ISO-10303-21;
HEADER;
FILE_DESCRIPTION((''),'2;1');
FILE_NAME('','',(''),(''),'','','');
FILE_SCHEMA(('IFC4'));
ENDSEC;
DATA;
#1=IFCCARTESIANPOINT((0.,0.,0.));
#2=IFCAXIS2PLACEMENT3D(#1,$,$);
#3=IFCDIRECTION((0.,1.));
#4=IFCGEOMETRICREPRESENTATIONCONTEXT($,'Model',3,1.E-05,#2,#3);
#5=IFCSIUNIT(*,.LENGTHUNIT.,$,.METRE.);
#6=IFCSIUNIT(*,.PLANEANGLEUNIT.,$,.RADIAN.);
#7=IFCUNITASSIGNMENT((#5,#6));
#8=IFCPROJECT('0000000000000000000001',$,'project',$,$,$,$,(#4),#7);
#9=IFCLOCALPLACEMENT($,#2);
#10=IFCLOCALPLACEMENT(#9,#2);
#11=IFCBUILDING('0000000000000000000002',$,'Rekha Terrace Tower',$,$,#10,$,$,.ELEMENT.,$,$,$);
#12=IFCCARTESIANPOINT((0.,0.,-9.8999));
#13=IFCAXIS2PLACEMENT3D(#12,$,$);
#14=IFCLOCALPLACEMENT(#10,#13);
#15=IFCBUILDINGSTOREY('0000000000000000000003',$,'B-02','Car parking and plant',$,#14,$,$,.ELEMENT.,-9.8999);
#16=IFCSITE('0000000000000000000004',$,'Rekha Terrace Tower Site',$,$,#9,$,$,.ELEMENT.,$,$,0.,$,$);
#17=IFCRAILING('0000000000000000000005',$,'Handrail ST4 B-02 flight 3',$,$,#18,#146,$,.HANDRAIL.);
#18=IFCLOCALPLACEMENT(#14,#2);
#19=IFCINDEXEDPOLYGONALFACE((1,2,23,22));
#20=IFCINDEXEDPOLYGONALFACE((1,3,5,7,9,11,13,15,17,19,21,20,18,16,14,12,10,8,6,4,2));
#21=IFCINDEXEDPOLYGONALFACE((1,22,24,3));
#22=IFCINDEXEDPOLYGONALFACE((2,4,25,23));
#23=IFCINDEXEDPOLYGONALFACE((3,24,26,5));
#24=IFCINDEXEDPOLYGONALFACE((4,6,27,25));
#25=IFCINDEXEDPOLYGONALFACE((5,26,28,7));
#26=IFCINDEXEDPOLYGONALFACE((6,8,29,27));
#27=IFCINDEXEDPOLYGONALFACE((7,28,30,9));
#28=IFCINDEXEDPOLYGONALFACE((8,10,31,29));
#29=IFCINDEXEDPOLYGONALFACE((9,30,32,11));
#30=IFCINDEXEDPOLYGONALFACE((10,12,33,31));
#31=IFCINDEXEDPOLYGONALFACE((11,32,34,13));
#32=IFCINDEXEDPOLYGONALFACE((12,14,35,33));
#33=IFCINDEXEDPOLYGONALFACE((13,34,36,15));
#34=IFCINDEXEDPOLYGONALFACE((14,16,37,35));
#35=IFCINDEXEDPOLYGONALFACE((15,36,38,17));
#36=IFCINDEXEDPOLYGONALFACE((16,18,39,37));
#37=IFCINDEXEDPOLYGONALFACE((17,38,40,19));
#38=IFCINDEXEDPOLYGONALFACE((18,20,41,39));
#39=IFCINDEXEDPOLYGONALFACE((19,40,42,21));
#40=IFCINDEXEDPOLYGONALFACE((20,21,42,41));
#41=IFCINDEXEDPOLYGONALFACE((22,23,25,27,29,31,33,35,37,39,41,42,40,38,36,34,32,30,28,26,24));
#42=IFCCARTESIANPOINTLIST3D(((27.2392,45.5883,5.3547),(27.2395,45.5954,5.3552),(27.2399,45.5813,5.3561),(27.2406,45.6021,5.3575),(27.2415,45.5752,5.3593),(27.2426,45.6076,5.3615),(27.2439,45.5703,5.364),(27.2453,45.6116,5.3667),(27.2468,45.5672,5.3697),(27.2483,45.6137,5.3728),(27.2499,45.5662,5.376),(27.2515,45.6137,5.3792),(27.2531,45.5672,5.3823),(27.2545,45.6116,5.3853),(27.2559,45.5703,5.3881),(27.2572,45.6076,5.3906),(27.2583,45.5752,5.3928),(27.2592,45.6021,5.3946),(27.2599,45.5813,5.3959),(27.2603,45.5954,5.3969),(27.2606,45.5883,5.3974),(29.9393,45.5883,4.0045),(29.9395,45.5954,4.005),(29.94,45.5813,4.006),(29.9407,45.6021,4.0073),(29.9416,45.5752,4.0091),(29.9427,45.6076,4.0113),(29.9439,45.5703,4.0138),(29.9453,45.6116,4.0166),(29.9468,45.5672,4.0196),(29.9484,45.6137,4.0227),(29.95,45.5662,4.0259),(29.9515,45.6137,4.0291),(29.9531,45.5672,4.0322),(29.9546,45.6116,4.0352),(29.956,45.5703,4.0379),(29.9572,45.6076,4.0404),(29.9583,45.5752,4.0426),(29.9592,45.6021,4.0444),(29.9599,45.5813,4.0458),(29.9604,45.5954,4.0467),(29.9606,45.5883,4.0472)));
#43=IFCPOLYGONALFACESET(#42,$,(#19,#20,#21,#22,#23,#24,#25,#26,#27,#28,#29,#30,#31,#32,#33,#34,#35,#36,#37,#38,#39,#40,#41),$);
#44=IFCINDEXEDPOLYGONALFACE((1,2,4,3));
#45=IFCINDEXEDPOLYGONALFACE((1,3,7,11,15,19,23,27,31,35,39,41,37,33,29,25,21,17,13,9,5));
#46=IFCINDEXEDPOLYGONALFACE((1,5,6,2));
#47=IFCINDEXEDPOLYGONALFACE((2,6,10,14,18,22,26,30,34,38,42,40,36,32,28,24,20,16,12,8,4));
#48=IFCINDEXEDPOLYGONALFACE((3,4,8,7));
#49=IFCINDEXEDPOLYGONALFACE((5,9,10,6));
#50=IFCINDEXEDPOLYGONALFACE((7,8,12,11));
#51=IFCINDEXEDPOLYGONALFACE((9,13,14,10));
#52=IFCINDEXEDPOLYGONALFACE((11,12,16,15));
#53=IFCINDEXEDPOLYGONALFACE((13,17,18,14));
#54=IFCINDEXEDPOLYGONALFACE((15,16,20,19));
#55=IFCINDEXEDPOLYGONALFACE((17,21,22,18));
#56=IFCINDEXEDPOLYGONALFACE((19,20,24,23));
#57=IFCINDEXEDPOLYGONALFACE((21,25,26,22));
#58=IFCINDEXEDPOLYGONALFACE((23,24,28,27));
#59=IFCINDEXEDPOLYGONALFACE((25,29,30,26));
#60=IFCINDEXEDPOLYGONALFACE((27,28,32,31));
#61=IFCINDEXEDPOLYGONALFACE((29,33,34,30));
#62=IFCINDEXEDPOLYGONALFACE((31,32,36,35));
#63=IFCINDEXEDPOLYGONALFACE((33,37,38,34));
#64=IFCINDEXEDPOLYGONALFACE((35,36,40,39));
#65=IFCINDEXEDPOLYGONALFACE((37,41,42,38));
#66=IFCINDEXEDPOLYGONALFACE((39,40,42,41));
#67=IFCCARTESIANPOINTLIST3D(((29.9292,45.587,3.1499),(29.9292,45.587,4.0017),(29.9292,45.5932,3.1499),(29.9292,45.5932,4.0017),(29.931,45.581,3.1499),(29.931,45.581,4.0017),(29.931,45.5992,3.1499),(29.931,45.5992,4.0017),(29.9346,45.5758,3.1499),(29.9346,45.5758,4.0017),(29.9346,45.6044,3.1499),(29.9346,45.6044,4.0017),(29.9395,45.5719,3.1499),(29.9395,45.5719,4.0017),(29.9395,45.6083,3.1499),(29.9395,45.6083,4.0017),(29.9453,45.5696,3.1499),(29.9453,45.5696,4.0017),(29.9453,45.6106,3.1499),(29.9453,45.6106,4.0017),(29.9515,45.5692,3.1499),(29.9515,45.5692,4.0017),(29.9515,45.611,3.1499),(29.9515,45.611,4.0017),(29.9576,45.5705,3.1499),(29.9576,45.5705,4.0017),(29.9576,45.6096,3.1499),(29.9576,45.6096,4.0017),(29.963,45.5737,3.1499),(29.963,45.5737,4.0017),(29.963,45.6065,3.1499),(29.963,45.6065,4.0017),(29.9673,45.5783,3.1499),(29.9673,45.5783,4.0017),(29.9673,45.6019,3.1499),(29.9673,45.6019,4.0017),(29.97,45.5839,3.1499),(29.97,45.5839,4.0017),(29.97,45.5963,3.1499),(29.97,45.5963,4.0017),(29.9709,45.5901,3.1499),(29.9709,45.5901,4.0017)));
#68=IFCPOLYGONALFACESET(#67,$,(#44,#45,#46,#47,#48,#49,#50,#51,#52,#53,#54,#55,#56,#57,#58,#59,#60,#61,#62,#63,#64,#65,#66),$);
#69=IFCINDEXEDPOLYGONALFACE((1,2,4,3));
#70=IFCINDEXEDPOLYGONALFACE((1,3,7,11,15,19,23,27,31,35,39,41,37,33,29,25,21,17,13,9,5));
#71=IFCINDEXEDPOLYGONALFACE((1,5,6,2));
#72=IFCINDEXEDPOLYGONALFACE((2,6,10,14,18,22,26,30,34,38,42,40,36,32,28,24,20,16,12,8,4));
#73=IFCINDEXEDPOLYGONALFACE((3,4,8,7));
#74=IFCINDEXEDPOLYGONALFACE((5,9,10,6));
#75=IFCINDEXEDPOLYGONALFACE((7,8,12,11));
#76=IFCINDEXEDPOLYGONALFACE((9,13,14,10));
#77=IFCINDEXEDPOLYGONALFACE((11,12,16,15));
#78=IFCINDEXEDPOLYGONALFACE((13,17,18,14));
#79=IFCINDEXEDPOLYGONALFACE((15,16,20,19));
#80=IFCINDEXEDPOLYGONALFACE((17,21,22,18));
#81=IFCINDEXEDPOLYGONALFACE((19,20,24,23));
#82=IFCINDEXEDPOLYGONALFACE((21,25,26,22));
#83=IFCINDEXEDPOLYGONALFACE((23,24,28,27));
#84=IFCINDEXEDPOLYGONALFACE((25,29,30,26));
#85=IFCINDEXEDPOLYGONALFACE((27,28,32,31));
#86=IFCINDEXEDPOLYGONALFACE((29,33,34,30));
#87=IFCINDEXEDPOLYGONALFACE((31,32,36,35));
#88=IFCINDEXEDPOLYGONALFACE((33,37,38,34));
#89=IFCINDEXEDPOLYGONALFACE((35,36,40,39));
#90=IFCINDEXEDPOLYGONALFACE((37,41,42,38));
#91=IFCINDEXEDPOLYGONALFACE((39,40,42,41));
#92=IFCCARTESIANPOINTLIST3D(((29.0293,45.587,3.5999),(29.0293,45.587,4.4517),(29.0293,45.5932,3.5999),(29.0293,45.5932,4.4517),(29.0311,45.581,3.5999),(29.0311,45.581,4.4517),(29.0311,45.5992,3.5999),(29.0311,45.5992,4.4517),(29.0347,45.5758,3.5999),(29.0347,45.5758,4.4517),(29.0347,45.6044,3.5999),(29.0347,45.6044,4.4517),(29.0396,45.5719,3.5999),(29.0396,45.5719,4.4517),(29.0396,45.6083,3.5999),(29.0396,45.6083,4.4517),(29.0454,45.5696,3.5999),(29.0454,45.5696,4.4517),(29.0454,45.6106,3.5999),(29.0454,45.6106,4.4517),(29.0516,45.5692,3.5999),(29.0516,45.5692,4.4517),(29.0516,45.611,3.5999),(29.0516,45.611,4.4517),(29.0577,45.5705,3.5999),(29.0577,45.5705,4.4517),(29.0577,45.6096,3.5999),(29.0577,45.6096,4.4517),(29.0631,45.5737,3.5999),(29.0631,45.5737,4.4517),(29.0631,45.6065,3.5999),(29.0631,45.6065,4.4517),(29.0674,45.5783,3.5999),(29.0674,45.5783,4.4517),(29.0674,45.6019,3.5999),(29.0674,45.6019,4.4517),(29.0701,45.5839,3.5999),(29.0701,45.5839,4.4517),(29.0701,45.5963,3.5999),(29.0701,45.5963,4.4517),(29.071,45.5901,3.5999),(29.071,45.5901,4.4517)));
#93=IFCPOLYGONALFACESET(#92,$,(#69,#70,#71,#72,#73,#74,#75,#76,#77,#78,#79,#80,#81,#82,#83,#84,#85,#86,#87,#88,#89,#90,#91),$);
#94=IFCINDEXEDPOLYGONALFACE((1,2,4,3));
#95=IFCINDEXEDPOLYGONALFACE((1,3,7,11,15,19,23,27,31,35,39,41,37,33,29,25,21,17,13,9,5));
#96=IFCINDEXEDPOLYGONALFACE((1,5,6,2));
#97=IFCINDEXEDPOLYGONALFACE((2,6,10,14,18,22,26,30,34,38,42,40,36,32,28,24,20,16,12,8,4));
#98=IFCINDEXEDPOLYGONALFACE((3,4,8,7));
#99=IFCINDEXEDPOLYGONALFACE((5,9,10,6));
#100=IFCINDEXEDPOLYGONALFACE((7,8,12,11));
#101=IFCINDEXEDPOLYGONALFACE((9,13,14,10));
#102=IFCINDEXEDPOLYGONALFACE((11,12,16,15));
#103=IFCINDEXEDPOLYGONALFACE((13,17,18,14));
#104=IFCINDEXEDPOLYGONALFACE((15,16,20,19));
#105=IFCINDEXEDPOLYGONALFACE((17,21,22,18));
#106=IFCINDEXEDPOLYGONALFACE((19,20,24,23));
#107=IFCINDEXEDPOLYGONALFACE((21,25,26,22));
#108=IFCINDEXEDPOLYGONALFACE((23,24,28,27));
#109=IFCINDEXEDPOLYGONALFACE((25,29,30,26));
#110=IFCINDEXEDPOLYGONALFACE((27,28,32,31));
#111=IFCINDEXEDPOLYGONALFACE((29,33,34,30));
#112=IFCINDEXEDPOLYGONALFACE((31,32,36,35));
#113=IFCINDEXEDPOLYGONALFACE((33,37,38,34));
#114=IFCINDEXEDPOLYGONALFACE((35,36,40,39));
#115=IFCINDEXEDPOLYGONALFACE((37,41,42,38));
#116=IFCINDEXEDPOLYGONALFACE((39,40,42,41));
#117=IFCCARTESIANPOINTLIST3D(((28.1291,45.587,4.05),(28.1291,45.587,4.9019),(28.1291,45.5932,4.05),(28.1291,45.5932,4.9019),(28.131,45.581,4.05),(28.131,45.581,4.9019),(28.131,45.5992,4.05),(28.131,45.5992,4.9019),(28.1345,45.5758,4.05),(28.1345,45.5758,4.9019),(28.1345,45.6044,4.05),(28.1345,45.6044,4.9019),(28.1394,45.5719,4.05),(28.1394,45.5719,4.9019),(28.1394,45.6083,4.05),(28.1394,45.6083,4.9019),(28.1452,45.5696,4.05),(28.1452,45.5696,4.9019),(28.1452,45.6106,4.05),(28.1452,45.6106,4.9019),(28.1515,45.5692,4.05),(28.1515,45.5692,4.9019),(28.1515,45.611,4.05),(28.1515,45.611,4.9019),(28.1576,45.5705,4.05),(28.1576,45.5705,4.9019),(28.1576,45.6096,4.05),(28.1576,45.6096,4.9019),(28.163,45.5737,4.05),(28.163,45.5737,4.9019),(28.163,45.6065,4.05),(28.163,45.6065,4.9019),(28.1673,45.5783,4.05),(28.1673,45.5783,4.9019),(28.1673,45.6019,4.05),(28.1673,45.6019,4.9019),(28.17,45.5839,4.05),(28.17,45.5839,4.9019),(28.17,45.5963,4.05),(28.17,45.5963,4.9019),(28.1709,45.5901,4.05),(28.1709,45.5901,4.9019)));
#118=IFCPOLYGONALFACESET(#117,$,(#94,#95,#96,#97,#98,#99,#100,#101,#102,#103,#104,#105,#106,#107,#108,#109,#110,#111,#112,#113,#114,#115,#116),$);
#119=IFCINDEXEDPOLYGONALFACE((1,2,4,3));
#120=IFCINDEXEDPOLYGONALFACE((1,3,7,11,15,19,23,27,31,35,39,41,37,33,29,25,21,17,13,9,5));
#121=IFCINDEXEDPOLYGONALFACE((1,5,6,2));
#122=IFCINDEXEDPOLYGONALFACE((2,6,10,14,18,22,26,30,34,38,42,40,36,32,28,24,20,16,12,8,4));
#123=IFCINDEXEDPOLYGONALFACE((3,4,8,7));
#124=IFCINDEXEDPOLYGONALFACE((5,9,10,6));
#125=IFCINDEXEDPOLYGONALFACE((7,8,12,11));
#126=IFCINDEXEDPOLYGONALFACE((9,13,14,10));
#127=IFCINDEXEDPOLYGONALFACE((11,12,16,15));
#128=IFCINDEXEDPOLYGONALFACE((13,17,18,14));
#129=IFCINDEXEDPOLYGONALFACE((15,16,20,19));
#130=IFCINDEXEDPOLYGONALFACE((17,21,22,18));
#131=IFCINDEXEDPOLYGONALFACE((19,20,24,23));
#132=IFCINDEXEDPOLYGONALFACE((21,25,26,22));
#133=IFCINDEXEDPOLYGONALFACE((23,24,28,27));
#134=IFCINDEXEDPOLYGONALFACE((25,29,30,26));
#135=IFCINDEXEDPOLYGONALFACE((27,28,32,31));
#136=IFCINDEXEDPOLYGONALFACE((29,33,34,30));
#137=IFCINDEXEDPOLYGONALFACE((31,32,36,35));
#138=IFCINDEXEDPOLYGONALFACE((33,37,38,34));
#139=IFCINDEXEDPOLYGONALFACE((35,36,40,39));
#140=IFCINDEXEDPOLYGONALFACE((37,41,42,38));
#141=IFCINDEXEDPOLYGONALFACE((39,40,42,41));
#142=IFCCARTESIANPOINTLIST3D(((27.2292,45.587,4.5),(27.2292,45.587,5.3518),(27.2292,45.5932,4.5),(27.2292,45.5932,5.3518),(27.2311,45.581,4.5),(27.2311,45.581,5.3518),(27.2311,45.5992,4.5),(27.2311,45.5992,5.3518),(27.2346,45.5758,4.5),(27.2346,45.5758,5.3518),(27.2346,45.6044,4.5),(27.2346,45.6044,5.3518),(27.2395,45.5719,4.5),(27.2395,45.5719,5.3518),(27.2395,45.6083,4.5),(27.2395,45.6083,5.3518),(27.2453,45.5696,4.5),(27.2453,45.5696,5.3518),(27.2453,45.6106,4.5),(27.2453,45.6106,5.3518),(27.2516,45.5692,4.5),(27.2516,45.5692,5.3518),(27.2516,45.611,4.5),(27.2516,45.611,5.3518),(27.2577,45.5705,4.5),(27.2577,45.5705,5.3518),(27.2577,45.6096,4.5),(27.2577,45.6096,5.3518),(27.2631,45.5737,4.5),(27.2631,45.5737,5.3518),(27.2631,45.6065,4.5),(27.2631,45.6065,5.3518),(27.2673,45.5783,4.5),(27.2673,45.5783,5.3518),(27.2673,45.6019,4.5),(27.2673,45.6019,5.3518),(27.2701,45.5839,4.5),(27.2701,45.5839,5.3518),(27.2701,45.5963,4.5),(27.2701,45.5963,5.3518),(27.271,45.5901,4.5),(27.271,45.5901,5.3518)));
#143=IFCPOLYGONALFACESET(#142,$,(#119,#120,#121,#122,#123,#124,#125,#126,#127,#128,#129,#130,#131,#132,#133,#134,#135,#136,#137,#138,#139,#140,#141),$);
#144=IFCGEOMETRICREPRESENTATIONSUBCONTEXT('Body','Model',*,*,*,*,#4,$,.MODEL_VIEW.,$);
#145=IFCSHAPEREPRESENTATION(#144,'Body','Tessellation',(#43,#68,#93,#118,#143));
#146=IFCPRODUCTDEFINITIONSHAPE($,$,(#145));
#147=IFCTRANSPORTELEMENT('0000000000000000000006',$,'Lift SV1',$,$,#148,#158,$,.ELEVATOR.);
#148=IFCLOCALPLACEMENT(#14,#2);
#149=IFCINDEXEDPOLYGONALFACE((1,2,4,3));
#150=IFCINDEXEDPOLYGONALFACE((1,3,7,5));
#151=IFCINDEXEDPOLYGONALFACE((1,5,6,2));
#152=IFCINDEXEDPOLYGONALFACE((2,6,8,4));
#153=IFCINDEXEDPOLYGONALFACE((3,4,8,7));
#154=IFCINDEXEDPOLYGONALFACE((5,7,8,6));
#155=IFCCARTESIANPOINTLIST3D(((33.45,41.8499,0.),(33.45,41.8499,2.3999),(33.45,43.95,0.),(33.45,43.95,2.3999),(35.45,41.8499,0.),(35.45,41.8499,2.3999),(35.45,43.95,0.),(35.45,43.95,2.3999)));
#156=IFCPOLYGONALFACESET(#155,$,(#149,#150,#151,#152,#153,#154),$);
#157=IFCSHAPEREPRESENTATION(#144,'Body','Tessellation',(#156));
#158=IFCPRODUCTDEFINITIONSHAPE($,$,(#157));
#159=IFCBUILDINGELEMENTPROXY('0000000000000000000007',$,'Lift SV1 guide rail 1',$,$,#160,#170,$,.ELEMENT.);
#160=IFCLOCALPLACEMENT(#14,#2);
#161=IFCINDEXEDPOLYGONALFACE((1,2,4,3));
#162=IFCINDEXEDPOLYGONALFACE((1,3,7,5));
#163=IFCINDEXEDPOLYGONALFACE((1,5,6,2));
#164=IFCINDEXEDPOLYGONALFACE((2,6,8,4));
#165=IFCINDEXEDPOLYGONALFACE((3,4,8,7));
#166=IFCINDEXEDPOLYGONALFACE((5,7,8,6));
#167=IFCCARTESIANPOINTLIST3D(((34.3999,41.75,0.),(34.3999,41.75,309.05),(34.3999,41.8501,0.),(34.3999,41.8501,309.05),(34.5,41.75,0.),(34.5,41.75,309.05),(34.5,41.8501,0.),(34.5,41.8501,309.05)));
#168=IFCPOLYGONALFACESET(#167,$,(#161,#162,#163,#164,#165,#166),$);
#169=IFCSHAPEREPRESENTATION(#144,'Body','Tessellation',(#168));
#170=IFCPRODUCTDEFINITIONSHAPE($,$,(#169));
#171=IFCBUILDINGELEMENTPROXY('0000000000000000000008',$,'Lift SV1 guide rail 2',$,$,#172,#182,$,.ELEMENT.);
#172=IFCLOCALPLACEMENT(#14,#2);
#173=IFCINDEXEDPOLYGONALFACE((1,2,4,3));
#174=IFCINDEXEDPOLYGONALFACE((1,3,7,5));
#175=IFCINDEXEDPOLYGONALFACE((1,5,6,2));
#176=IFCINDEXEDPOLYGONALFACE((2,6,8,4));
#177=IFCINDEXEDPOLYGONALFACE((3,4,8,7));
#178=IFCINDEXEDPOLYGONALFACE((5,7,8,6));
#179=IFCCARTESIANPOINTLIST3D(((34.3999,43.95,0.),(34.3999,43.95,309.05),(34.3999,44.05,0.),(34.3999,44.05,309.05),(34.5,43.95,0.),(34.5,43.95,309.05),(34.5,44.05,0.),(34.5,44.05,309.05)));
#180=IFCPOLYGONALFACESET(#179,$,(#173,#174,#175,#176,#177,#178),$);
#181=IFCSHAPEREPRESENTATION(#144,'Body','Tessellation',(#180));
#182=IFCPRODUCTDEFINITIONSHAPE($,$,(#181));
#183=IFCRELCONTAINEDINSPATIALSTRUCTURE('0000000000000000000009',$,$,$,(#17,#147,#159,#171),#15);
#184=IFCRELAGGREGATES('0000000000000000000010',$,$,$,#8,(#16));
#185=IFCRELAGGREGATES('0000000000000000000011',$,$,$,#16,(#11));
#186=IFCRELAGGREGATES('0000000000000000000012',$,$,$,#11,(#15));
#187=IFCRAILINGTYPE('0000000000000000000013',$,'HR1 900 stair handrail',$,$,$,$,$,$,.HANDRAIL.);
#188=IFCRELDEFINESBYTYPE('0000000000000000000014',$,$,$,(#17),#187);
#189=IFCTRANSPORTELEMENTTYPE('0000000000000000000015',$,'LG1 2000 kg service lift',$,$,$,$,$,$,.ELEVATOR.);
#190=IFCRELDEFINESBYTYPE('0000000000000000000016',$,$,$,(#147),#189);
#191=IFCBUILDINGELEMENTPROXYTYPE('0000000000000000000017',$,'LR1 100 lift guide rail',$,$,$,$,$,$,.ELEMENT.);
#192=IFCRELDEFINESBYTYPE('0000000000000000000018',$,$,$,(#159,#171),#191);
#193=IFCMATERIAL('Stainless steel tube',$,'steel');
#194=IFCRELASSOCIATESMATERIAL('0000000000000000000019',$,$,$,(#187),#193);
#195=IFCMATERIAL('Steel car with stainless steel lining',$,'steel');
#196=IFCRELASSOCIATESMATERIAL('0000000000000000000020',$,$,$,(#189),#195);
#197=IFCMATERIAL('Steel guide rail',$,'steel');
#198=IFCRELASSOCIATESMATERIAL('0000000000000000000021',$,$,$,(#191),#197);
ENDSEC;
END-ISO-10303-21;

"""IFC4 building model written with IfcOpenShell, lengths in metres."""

from ifc_helpers import new_model, si_unit, direction, frame, origin, origin_2d, place, context, subcontext, project, spatial, rectangle, circle, extrude, material, type_object, element, save


model = new_model("IFC4")

# Units and contexts
model_context = context("Model", 3, precision=1e-05, world=origin(), true_north=direction((0.0, 1.0)))
body_context = subcontext(model_context, "Body", "Model", "MODEL_VIEW")
ifc_project = project(units=[si_unit("LENGTHUNIT", "METRE"), si_unit("PLANEANGLEUNIT", "RADIAN")], contexts=[model_context])

# Site, building, storey
site_placement = place(None, origin())
site = spatial("IfcSite", under=ifc_project, at=site_placement, Name="Rekha Terrace Tower Site", CompositionType="ELEMENT", RefElevation=0.0)
building_placement = place(site_placement, origin())
building = spatial("IfcBuilding", under=site, at=building_placement, Name="Rekha Terrace Tower", CompositionType="ELEMENT")
storey_placement = place(building_placement, frame((0.0, 0.0, -9.8999)))
storey = spatial("IfcBuildingStorey", under=building, at=storey_placement, Name="B-02", Description="Car parking and plant", CompositionType="ELEMENT", Elevation=-9.8999)

# Railing
ifc_material_1 = material(Name="Stainless steel tube", Category="steel")
railing_type_1 = type_object("IfcRailingType", Name="HR1 900 stair handrail", PredefinedType="HANDRAIL", material=ifc_material_1)
railing_1_placement = place(storey_placement, frame((29.95, 45.5901, 3.1499)))
element("IfcRailing", 1, at=railing_1_placement, inside=storey, type_object=railing_type_1, Name="Handrail ST4 B-02 flight 3", PredefinedType="HANDRAIL", context=body_context, shape_type="SweptSolid", body=[
    extrude(circle(Radius=0.0239, at=origin_2d()), frame((0.0, 0.0, 0.876), z_axis=(-0.894411, 0.0, 0.447246), x_axis=(0.0, -1.0, 0.0)), (0.0, 0.0, 1.0), 3.0188),
    extrude(circle(Radius=0.021, at=origin_2d()), origin(), (0.0, 0.0, 1.0), 0.8518),
    extrude(circle(Radius=0.021, at=origin_2d()), frame((-0.8999, 0.0, 0.45)), (0.0, 0.0, 1.0), 0.8518),
    extrude(circle(Radius=0.021, at=origin_2d()), frame((-1.8, 0.0, 0.9001)), (0.0, 0.0, 1.0), 0.8518),
    extrude(circle(Radius=0.021, at=origin_2d()), frame((-2.7, 0.0, 1.3501)), (0.0, 0.0, 1.0), 0.8518),
])

# Transport element
ifc_material_2 = material(Name="Steel car with stainless steel lining", Category="steel")
transport_element_type = type_object("IfcTransportElementType", Name="LG1 2000 kg service lift", PredefinedType="ELEVATOR", material=ifc_material_2)
transport_element_placement = place(storey_placement, frame((34.45, 42.8999, 0.0), z_axis=(0.0, 0.0, 1.0), x_axis=(1.0, 0.0, 0.0)))
element("IfcTransportElement", 2, at=transport_element_placement, inside=storey, type_object=transport_element_type, Name="Lift SV1", PredefinedType="ELEVATOR", context=body_context, shape_type="SweptSolid", body=[
    extrude(rectangle(XDim=2.0, YDim=2.1001, at=origin_2d()), origin(), (0.0, 0.0, 1.0), 2.3999),
])

# Building element proxies
ifc_material_3 = material(Name="Steel guide rail", Category="steel")
building_element_proxy_type = type_object("IfcBuildingElementProxyType", Name="LR1 100 lift guide rail", PredefinedType="ELEMENT", material=ifc_material_3)
for number, where, z_axis, x_axis, name in (
    (3, (34.45, 41.8, 0.0), (0.0, 0.0, 1.0), (1.0, 0.0, 0.0), "Lift SV1 guide rail 1"),
    (4, (34.45, 44.0, 0.0), (0.0, 0.0, 1.0), (1.0, 0.0, 0.0), "Lift SV1 guide rail 2"),
):
    element("IfcBuildingElementProxy", number, at=place(storey_placement, frame(where, z_axis=z_axis, x_axis=x_axis)), inside=storey, type_object=building_element_proxy_type, Name=name, PredefinedType="ELEMENT", context=body_context, shape_type="SweptSolid", body=[
        extrude(rectangle(XDim=0.1001, YDim=0.1001, at=origin_2d()), origin(), (0.0, 0.0, 1.0), 309.05),
    ])

save(model, "model.ifc")
